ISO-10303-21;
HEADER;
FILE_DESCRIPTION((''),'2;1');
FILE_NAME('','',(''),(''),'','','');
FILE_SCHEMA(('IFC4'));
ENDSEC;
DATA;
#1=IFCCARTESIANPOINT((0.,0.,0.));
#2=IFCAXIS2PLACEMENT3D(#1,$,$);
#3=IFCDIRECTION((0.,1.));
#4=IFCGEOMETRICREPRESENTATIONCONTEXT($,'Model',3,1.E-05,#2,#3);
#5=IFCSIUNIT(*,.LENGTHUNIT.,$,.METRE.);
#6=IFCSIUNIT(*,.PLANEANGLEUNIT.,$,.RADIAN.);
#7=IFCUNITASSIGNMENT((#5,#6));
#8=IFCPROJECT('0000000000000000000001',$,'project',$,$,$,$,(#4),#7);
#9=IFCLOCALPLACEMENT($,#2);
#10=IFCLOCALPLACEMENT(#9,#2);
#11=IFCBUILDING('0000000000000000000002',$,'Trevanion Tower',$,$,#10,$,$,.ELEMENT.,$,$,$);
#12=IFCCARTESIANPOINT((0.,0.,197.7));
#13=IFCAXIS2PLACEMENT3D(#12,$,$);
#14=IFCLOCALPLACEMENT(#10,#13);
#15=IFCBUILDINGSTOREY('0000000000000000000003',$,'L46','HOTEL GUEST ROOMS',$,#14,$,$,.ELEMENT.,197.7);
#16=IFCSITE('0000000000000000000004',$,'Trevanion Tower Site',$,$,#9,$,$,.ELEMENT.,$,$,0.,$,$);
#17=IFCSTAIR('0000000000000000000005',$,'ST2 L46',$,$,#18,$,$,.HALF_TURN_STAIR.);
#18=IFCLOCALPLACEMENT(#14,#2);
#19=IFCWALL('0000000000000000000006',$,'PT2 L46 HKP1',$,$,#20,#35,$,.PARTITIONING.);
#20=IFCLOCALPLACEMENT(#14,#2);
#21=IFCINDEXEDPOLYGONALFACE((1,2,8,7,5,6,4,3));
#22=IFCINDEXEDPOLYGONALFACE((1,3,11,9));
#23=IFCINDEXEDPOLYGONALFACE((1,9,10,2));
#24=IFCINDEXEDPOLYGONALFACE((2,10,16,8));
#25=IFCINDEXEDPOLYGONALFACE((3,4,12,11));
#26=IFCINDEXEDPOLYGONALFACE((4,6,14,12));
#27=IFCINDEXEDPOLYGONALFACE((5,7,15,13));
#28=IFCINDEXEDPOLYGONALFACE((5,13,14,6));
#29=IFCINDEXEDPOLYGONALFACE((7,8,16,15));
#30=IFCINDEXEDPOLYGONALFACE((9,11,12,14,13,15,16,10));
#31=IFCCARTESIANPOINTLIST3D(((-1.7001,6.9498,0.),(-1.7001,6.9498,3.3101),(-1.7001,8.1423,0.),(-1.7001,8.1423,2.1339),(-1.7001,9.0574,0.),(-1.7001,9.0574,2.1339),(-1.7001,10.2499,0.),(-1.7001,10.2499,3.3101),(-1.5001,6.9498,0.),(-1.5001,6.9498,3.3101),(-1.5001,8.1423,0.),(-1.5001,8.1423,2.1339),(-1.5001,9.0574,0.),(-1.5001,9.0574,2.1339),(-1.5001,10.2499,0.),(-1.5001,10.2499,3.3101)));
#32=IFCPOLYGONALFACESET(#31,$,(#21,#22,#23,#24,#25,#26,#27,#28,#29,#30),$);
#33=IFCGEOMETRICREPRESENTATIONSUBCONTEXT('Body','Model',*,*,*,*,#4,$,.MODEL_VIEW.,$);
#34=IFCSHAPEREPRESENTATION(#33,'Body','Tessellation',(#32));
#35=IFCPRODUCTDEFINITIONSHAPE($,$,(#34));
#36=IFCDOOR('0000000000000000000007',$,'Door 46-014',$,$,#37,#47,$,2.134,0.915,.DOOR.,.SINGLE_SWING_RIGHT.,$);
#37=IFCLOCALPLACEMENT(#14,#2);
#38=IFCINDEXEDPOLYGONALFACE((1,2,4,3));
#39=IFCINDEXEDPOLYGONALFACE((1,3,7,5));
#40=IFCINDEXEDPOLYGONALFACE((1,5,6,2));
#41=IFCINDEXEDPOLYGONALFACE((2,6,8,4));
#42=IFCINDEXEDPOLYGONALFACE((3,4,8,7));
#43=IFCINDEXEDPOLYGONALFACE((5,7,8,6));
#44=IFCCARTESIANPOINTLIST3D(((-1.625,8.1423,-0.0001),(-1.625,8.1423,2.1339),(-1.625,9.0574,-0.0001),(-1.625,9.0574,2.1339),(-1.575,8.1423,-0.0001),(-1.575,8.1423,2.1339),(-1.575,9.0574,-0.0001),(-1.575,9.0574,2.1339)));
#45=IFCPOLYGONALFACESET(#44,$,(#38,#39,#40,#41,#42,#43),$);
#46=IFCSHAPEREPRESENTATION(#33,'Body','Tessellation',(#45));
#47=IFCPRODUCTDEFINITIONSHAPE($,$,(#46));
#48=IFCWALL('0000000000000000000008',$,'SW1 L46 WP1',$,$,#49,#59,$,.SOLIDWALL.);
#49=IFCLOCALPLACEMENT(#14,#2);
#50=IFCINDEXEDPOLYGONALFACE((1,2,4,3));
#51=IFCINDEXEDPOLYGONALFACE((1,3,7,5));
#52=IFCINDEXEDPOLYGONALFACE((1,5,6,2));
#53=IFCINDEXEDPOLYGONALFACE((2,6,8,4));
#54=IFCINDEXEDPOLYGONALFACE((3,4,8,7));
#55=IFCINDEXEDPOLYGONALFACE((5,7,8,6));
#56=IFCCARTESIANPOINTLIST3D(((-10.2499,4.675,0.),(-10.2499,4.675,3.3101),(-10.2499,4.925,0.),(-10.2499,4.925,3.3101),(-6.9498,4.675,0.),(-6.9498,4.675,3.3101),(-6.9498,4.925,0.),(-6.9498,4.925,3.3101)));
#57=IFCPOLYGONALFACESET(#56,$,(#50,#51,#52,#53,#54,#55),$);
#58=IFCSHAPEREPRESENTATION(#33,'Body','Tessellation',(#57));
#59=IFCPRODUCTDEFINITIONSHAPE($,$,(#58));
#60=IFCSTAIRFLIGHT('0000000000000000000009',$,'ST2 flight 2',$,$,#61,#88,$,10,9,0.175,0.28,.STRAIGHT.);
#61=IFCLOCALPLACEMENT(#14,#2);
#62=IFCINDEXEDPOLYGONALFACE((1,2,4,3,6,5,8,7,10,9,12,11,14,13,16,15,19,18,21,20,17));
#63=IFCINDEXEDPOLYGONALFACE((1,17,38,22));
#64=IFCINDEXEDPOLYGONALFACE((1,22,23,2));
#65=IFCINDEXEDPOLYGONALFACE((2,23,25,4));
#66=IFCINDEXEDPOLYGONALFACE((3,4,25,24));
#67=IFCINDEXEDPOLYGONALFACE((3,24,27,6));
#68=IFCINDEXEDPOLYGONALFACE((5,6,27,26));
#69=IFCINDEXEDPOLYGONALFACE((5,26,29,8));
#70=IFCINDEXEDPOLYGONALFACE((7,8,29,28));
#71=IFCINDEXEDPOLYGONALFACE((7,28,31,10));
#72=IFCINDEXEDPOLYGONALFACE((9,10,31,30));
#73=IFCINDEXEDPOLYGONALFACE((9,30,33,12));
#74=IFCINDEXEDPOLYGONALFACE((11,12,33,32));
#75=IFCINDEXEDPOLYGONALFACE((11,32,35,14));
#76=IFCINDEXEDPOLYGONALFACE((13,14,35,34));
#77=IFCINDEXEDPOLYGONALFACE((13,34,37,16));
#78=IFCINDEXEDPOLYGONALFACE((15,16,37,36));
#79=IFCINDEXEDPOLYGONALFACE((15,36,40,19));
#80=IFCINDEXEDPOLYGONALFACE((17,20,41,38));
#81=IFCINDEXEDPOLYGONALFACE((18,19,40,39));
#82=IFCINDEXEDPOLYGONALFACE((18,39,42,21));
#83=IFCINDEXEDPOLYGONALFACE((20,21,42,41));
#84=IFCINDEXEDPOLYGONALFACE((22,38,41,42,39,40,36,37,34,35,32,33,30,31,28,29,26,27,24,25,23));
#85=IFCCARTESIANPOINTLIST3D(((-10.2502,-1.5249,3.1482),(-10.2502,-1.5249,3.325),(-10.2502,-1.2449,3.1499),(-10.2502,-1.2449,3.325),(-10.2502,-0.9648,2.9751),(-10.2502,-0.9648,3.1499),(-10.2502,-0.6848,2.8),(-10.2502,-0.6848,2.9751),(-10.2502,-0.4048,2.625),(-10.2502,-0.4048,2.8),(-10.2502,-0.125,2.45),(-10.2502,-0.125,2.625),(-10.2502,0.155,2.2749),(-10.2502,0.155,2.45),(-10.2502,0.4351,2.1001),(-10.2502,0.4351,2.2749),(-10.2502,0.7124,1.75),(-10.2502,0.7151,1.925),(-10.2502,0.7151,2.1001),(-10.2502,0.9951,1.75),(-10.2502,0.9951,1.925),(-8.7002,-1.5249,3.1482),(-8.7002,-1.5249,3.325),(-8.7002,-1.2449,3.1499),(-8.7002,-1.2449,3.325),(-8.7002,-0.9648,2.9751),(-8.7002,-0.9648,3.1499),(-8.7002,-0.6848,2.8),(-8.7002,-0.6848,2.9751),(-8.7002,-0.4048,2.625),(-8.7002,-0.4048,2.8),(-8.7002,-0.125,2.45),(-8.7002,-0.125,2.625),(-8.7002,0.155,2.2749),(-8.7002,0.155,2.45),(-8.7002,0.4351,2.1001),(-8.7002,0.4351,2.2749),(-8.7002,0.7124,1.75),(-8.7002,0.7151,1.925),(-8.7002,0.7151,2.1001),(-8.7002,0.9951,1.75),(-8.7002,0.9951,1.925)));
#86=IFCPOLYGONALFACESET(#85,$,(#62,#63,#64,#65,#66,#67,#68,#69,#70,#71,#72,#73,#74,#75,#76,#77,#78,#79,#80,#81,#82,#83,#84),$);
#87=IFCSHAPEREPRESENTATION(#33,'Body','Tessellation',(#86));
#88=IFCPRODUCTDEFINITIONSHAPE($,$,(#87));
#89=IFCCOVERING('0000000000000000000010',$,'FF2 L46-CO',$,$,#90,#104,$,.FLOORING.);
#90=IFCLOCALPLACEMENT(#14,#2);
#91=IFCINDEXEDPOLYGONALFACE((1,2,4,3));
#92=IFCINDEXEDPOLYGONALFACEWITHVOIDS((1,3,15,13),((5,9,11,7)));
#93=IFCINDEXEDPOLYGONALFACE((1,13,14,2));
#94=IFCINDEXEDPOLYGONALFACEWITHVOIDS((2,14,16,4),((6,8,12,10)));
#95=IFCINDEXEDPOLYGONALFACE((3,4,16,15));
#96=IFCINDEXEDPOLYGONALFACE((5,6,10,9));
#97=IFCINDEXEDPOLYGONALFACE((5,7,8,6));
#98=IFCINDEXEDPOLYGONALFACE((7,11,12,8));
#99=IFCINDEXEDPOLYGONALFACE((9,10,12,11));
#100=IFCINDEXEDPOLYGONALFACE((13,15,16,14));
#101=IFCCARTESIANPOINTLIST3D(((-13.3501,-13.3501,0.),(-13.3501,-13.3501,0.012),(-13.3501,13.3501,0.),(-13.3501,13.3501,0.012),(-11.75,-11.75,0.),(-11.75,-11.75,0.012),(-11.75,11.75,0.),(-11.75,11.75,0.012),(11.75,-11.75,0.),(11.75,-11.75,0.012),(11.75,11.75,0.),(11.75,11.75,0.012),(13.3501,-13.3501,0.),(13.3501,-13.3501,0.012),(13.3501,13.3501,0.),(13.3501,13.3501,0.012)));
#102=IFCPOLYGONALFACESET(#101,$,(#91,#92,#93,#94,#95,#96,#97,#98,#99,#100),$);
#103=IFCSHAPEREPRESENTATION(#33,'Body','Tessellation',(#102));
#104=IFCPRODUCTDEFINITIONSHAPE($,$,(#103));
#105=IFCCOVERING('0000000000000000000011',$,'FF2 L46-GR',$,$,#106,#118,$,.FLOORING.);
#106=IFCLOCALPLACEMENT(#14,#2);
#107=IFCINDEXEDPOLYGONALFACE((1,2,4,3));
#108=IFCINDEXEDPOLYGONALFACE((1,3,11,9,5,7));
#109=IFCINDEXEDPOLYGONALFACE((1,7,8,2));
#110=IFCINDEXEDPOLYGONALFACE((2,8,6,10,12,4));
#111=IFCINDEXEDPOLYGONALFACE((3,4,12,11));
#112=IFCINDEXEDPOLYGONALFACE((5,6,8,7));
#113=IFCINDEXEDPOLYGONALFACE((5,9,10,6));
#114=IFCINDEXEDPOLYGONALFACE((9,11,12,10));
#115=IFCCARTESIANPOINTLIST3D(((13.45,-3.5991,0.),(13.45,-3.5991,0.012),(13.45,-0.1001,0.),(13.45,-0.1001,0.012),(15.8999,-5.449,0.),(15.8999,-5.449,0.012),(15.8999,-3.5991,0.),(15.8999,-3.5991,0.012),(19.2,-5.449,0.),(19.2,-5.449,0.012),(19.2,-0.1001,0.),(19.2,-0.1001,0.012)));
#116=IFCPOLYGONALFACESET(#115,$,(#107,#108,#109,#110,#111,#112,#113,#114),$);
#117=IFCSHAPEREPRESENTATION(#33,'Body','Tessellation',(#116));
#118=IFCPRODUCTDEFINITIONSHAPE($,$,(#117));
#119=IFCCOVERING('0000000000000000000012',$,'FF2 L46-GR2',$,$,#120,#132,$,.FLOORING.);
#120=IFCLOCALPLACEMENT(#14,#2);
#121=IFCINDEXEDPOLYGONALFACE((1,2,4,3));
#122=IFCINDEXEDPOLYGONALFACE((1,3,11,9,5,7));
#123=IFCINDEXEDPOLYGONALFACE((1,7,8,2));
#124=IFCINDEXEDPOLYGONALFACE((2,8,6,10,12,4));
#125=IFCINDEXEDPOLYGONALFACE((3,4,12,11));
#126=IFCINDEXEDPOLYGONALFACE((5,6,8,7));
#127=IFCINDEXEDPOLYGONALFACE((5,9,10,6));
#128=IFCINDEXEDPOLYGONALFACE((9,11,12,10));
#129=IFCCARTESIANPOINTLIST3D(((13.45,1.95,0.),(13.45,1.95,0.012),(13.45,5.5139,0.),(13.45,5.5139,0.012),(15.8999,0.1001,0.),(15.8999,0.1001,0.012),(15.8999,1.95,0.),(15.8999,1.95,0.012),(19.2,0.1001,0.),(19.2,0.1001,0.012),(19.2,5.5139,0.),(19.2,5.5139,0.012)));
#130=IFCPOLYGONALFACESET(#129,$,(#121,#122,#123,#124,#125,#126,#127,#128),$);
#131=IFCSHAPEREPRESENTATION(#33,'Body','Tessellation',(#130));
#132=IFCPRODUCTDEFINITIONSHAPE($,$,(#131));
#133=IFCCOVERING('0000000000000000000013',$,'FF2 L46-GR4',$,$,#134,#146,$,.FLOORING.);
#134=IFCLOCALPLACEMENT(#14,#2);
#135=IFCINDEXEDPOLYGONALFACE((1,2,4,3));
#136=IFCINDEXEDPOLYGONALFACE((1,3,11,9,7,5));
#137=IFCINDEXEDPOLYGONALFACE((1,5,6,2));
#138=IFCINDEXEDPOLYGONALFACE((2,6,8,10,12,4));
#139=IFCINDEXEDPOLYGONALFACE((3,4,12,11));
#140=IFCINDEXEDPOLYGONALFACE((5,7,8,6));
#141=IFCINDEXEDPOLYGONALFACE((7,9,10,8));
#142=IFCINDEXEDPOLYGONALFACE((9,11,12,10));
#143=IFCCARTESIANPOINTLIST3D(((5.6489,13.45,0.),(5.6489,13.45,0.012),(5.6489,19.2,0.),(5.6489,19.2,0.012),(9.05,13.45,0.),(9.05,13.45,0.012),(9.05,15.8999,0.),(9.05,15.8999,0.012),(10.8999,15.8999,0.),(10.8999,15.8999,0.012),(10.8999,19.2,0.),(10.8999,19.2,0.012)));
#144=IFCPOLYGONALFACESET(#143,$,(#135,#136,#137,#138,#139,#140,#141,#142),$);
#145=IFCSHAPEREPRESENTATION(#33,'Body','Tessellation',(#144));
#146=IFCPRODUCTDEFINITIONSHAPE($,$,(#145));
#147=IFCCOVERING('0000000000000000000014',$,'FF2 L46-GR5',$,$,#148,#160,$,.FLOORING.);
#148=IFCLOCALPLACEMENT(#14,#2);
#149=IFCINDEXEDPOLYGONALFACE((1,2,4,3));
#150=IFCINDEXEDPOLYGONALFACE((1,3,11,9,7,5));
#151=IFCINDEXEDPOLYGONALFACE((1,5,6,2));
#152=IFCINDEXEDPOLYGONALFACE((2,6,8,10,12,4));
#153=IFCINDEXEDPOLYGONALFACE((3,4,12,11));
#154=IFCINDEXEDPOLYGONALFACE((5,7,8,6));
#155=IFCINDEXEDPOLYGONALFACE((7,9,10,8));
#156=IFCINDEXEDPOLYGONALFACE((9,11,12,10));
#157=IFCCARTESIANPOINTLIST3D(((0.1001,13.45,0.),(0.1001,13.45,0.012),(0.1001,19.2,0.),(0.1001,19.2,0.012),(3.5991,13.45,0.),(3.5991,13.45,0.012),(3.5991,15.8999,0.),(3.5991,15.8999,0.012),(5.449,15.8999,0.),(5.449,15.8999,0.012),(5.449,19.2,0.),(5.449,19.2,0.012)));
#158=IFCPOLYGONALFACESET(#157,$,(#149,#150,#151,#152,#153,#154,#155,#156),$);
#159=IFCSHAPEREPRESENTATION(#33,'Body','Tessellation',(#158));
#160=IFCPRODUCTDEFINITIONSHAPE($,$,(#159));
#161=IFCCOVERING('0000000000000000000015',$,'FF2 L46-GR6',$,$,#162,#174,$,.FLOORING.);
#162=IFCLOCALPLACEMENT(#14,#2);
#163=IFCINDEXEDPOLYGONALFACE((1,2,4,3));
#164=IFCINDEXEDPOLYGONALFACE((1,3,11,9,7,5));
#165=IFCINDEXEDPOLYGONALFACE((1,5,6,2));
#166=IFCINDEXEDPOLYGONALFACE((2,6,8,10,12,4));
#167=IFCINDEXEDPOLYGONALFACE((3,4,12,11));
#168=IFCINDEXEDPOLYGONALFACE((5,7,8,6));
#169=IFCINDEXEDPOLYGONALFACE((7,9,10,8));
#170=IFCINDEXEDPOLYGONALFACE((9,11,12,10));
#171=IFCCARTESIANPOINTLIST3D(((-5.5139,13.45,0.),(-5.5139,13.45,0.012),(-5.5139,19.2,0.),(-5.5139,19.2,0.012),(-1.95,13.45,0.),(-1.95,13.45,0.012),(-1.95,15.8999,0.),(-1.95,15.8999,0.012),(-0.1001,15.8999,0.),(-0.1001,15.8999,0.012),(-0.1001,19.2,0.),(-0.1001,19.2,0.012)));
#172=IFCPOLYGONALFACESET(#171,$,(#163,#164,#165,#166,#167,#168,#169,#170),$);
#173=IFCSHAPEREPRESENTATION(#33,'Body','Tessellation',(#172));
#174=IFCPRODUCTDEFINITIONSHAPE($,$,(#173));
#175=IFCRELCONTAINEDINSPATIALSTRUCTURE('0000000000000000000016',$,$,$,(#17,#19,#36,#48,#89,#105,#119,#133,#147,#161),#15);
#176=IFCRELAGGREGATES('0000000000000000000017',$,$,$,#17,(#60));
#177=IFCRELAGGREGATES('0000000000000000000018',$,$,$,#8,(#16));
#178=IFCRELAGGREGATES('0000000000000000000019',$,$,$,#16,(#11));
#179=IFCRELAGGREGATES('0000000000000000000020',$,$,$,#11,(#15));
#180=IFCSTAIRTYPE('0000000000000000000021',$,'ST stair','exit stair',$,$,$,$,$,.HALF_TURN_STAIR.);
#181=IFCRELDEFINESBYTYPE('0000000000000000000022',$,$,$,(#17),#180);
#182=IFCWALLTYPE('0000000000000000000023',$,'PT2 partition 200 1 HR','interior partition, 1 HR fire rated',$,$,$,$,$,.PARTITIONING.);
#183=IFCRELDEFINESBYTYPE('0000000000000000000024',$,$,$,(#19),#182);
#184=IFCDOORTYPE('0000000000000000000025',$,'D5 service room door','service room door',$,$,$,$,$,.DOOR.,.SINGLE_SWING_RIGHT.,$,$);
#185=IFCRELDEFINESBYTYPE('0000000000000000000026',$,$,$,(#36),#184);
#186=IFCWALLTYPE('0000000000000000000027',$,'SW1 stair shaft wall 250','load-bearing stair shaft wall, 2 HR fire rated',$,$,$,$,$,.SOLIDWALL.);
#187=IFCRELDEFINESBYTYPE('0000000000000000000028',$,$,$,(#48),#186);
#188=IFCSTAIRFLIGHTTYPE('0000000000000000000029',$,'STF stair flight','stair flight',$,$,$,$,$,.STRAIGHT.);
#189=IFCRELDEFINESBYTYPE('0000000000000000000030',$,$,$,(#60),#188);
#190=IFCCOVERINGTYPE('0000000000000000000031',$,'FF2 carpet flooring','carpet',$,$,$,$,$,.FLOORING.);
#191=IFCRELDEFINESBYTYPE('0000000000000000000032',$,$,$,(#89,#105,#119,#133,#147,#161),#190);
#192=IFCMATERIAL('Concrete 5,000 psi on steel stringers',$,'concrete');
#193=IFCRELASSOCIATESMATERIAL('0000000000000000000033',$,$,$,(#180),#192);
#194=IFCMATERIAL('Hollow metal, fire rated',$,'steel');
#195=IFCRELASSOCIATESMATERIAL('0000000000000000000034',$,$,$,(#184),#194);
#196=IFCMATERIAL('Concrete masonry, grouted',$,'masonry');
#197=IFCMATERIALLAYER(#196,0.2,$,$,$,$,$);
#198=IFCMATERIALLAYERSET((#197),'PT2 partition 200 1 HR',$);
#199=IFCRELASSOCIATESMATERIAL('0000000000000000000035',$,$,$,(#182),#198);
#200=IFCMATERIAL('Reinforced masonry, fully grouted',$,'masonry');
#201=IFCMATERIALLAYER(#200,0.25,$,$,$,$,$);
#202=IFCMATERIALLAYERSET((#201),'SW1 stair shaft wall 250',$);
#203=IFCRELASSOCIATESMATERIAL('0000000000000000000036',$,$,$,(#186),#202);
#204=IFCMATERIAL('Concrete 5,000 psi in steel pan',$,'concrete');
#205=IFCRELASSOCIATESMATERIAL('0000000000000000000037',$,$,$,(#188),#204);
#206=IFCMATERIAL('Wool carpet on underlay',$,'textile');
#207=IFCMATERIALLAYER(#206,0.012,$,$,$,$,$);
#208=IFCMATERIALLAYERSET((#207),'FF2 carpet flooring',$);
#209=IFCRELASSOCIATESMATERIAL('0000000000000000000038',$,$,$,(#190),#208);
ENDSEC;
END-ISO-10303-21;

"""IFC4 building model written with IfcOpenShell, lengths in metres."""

from ifc_helpers import new_model, si_unit, direction, frame, frame_2d, origin, place, context, subcontext, project, spatial, polyline, rectangle, outline, extrude, material, layer, layer_set, type_object, element, fill, aggregate, save


model = new_model("IFC4")

# Units and contexts
model_context = context("Model", 3, precision=1e-05, world=origin(), true_north=direction((0.0, 1.0)))
body_context = subcontext(model_context, "Body", "Model", "MODEL_VIEW")
ifc_project = project(units=[si_unit("LENGTHUNIT", "METRE"), si_unit("PLANEANGLEUNIT", "RADIAN")], contexts=[model_context])

# Site, building, storey
site_placement = place(None, origin())
site = spatial("IfcSite", under=ifc_project, at=site_placement, Name="Trevanion Tower Site", CompositionType="ELEMENT", RefElevation=0.0)
building_placement = place(site_placement, origin())
building = spatial("IfcBuilding", under=site, at=building_placement, Name="Trevanion Tower", CompositionType="ELEMENT")
storey_placement = place(building_placement, frame((0.0, 0.0, 197.7)))
storey = spatial("IfcBuildingStorey", under=building, at=storey_placement, Name="L46", Description="HOTEL GUEST ROOMS", CompositionType="ELEMENT", Elevation=197.7)

# Stair
ifc_material_1 = material(Name="Concrete 5,000 psi on steel stringers", Category="concrete")
stair_type = type_object("IfcStairType", Name="ST stair", Description="exit stair", PredefinedType="HALF_TURN_STAIR", material=ifc_material_1)
stair_1_placement = place(storey_placement, origin())
stair_1 = element("IfcStair", 1, at=stair_1_placement, inside=storey, type_object=stair_type, Name="ST2 L46", PredefinedType="HALF_TURN_STAIR")

# Shared definitions
ifc_material_2 = material(Name="Hollow metal, fire rated", Category="steel")
door_type_1 = type_object("IfcDoorType", Name="D5 service room door", Description="service room door", OperationType="SINGLE_SWING_RIGHT", PredefinedType="DOOR", material=ifc_material_2)

# Shared definitions
ifc_material_3 = material(Name="Concrete masonry, grouted", Category="masonry")
ifc_layer_1 = layer(ifc_material_3, 0.2)
ifc_layer_set_1 = layer_set([ifc_layer_1], Name="PT2 partition 200 1 HR")
wall_type_1 = type_object("IfcWallType", Name="PT2 partition 200 1 HR", Description="interior partition, 1 HR fire rated", PredefinedType="PARTITIONING", material=ifc_layer_set_1)

# Wall, opening, door
wall_1_placement = place(storey_placement, frame((-1.6001, 6.95, 0.0), z_axis=(0.0, 0.0, 1.0), x_axis=(0.0, 1.0, 0.0)))
wall_1 = element("IfcWall", 2, at=wall_1_placement, inside=storey, type_object=wall_type_1, Name="PT2 L46 HKP1", PredefinedType="PARTITIONING", context=body_context, shape_type="SweptSolid", body=[
    extrude(rectangle(XDim=3.3, YDim=0.2, at=frame_2d((1.6499, 0.0))), origin(), (0.0, 0.0, 1.0), 3.3101),
])
opening_1_placement = place(wall_1_placement, frame((1.1924, 0.0, 0.0)))
opening_1 = element("IfcOpeningElement", 3, at=opening_1_placement, cuts=wall_1, PredefinedType="OPENING", context=body_context, shape_type="SweptSolid", body=[
    extrude(rectangle(XDim=0.915, YDim=2.134, at=frame_2d((0.4575, 1.0669))), frame((0.0, 0.1099, 0.0), z_axis=(0.0, -1.0, 0.0), x_axis=(1.0, 0.0, 0.0)), (0.0, 0.0, 1.0), 0.22),
])
door_1_placement = place(opening_1_placement, origin())
door_1 = element("IfcDoor", 4, at=door_1_placement, inside=storey, type_object=door_type_1, Name="Door 46-014", OperationType="SINGLE_SWING_RIGHT", OverallHeight=2.134, OverallWidth=0.915, PredefinedType="DOOR", context=body_context, shape_type="SweptSolid", body=[
    extrude(rectangle(XDim=0.915, YDim=2.134, at=frame_2d((0.4575, 1.0669))), frame((0.0, 0.0249, 0.0), z_axis=(0.0, -1.0, 0.0), x_axis=(1.0, 0.0, 0.0)), (0.0, 0.0, 1.0), 0.05),
])
fill(opening_1, door_1)

# Wall
ifc_material_4 = material(Name="Reinforced masonry, fully grouted", Category="masonry")
ifc_layer_2 = layer(ifc_material_4, 0.25)
ifc_layer_set_2 = layer_set([ifc_layer_2], Name="SW1 stair shaft wall 250")
wall_type_2 = type_object("IfcWallType", Name="SW1 stair shaft wall 250", Description="load-bearing stair shaft wall, 2 HR fire rated", PredefinedType="SOLIDWALL", material=ifc_layer_set_2)
wall_2_placement = place(storey_placement, frame((-6.95, 4.8, 0.0), z_axis=(0.0, 0.0, 1.0), x_axis=(-1.0, 0.0, 0.0)))
element("IfcWall", 5, at=wall_2_placement, inside=storey, type_object=wall_type_2, Name="SW1 L46 WP1", PredefinedType="SOLIDWALL", context=body_context, shape_type="SweptSolid", body=[
    extrude(rectangle(XDim=3.3, YDim=0.25, at=frame_2d((1.6499, 0.0))), origin(), (0.0, 0.0, 1.0), 3.3101),
])

# Stair flight
ifc_material_5 = material(Name="Concrete 5,000 psi in steel pan", Category="concrete")
stair_flight_type = type_object("IfcStairFlightType", Name="STF stair flight", Description="stair flight", PredefinedType="STRAIGHT", material=ifc_material_5)
stair_flight_placement = place(storey_placement, frame((-9.4751, 0.9951, 1.75), z_axis=(0.0, 0.0, 1.0), x_axis=(0.0, -1.0, 0.0)))
stair_flight = element("IfcStairFlight", 6, at=stair_flight_placement, type_object=stair_flight_type, Name="ST2 flight 2", NumberOfRisers=10, NumberOfTreads=9, PredefinedType="STRAIGHT", RiserHeight=0.175, TreadLength=0.28, context=body_context, shape_type="SweptSolid", body=[
    extrude(outline(polyline([(0.0, 0.0), (0.0, 0.175), (0.28, 0.175), (0.28, 0.3501), (0.5601, 0.3501), (0.5601, 0.5249), (0.8401, 0.5249), (0.8401, 0.7), (1.1201, 0.7), (1.1201, 0.875), (1.3999, 0.875), (1.3999, 1.05), (1.6799, 1.05), (1.6799, 1.2251), (1.96, 1.2251), (1.96, 1.3999), (2.24, 1.3999), (2.24, 1.575), (2.52, 1.575), (2.52, 1.75), (2.52, 1.3982), (0.2827, 0.0), (0.0, 0.0)])), frame((0.0, 0.7749, 0.0), z_axis=(0.0, -1.0, 0.0), x_axis=(1.0, 0.0, 0.0)), (0.0, 0.0, 1.0), 1.55),
])
aggregate(stair_1, [stair_flight])

# Coverings
ifc_material_6 = material(Name="Wool carpet on underlay", Category="textile")
ifc_layer_3 = layer(ifc_material_6, 0.012)
ifc_layer_set_3 = layer_set([ifc_layer_3], Name="FF2 carpet flooring")
covering_type = type_object("IfcCoveringType", Name="FF2 carpet flooring", Description="carpet", PredefinedType="FLOORING", material=ifc_layer_set_3)
covering_1_placement = place(storey_placement, origin())
element("IfcCovering", 7, at=covering_1_placement, inside=storey, type_object=covering_type, Name="FF2 L46-CO", PredefinedType="FLOORING", context=body_context, shape_type="SweptSolid", body=[
    extrude(outline(polyline([(-13.3501, -13.3501), (-13.3501, 13.3501), (13.3501, 13.3501), (13.3501, -13.3501), (-13.3501, -13.3501)]), holes=[polyline([(11.75, 11.75), (-11.75, 11.75), (-11.75, -11.75), (11.75, -11.75), (11.75, 11.75)])]), origin(), (0.0, 0.0, 1.0), 0.012),
])
covering_2_placement = place(storey_placement, origin())
element("IfcCovering", 8, at=covering_2_placement, inside=storey, type_object=covering_type, Name="FF2 L46-GR", PredefinedType="FLOORING", context=body_context, shape_type="SweptSolid", body=[
    extrude(outline(polyline([(13.45, -0.1001), (19.2, -0.1001), (19.2, -5.449), (15.8999, -5.449), (15.8999, -3.5991), (13.45, -3.5991), (13.45, -0.1001)])), origin(), (0.0, 0.0, 1.0), 0.012),
])
covering_3_placement = place(storey_placement, origin())
element("IfcCovering", 9, at=covering_3_placement, inside=storey, type_object=covering_type, Name="FF2 L46-GR2", PredefinedType="FLOORING", context=body_context, shape_type="SweptSolid", body=[
    extrude(outline(polyline([(13.45, 5.5139), (19.2, 5.5139), (19.2, 0.1001), (15.8999, 0.1001), (15.8999, 1.95), (13.45, 1.95), (13.45, 5.5139)])), origin(), (0.0, 0.0, 1.0), 0.012),
])
covering_4_placement = place(storey_placement, origin())
element("IfcCovering", 10, at=covering_4_placement, inside=storey, type_object=covering_type, Name="FF2 L46-GR4", PredefinedType="FLOORING", context=body_context, shape_type="SweptSolid", body=[
    extrude(outline(polyline([(5.6489, 13.45), (5.6489, 19.2), (10.8999, 19.2), (10.8999, 15.8999), (9.05, 15.8999), (9.05, 13.45), (5.6489, 13.45)])), origin(), (0.0, 0.0, 1.0), 0.012),
])
covering_5_placement = place(storey_placement, origin())
element("IfcCovering", 11, at=covering_5_placement, inside=storey, type_object=covering_type, Name="FF2 L46-GR5", PredefinedType="FLOORING", context=body_context, shape_type="SweptSolid", body=[
    extrude(outline(polyline([(0.1001, 13.45), (0.1001, 19.2), (5.449, 19.2), (5.449, 15.8999), (3.5991, 15.8999), (3.5991, 13.45), (0.1001, 13.45)])), origin(), (0.0, 0.0, 1.0), 0.012),
])
covering_6_placement = place(storey_placement, origin())
element("IfcCovering", 12, at=covering_6_placement, inside=storey, type_object=covering_type, Name="FF2 L46-GR6", PredefinedType="FLOORING", context=body_context, shape_type="SweptSolid", body=[
    extrude(outline(polyline([(-5.5139, 13.45), (-5.5139, 19.2), (-0.1001, 19.2), (-0.1001, 15.8999), (-1.95, 15.8999), (-1.95, 13.45), (-5.5139, 13.45)])), origin(), (0.0, 0.0, 1.0), 0.012),
])

save(model, "model.ifc")
